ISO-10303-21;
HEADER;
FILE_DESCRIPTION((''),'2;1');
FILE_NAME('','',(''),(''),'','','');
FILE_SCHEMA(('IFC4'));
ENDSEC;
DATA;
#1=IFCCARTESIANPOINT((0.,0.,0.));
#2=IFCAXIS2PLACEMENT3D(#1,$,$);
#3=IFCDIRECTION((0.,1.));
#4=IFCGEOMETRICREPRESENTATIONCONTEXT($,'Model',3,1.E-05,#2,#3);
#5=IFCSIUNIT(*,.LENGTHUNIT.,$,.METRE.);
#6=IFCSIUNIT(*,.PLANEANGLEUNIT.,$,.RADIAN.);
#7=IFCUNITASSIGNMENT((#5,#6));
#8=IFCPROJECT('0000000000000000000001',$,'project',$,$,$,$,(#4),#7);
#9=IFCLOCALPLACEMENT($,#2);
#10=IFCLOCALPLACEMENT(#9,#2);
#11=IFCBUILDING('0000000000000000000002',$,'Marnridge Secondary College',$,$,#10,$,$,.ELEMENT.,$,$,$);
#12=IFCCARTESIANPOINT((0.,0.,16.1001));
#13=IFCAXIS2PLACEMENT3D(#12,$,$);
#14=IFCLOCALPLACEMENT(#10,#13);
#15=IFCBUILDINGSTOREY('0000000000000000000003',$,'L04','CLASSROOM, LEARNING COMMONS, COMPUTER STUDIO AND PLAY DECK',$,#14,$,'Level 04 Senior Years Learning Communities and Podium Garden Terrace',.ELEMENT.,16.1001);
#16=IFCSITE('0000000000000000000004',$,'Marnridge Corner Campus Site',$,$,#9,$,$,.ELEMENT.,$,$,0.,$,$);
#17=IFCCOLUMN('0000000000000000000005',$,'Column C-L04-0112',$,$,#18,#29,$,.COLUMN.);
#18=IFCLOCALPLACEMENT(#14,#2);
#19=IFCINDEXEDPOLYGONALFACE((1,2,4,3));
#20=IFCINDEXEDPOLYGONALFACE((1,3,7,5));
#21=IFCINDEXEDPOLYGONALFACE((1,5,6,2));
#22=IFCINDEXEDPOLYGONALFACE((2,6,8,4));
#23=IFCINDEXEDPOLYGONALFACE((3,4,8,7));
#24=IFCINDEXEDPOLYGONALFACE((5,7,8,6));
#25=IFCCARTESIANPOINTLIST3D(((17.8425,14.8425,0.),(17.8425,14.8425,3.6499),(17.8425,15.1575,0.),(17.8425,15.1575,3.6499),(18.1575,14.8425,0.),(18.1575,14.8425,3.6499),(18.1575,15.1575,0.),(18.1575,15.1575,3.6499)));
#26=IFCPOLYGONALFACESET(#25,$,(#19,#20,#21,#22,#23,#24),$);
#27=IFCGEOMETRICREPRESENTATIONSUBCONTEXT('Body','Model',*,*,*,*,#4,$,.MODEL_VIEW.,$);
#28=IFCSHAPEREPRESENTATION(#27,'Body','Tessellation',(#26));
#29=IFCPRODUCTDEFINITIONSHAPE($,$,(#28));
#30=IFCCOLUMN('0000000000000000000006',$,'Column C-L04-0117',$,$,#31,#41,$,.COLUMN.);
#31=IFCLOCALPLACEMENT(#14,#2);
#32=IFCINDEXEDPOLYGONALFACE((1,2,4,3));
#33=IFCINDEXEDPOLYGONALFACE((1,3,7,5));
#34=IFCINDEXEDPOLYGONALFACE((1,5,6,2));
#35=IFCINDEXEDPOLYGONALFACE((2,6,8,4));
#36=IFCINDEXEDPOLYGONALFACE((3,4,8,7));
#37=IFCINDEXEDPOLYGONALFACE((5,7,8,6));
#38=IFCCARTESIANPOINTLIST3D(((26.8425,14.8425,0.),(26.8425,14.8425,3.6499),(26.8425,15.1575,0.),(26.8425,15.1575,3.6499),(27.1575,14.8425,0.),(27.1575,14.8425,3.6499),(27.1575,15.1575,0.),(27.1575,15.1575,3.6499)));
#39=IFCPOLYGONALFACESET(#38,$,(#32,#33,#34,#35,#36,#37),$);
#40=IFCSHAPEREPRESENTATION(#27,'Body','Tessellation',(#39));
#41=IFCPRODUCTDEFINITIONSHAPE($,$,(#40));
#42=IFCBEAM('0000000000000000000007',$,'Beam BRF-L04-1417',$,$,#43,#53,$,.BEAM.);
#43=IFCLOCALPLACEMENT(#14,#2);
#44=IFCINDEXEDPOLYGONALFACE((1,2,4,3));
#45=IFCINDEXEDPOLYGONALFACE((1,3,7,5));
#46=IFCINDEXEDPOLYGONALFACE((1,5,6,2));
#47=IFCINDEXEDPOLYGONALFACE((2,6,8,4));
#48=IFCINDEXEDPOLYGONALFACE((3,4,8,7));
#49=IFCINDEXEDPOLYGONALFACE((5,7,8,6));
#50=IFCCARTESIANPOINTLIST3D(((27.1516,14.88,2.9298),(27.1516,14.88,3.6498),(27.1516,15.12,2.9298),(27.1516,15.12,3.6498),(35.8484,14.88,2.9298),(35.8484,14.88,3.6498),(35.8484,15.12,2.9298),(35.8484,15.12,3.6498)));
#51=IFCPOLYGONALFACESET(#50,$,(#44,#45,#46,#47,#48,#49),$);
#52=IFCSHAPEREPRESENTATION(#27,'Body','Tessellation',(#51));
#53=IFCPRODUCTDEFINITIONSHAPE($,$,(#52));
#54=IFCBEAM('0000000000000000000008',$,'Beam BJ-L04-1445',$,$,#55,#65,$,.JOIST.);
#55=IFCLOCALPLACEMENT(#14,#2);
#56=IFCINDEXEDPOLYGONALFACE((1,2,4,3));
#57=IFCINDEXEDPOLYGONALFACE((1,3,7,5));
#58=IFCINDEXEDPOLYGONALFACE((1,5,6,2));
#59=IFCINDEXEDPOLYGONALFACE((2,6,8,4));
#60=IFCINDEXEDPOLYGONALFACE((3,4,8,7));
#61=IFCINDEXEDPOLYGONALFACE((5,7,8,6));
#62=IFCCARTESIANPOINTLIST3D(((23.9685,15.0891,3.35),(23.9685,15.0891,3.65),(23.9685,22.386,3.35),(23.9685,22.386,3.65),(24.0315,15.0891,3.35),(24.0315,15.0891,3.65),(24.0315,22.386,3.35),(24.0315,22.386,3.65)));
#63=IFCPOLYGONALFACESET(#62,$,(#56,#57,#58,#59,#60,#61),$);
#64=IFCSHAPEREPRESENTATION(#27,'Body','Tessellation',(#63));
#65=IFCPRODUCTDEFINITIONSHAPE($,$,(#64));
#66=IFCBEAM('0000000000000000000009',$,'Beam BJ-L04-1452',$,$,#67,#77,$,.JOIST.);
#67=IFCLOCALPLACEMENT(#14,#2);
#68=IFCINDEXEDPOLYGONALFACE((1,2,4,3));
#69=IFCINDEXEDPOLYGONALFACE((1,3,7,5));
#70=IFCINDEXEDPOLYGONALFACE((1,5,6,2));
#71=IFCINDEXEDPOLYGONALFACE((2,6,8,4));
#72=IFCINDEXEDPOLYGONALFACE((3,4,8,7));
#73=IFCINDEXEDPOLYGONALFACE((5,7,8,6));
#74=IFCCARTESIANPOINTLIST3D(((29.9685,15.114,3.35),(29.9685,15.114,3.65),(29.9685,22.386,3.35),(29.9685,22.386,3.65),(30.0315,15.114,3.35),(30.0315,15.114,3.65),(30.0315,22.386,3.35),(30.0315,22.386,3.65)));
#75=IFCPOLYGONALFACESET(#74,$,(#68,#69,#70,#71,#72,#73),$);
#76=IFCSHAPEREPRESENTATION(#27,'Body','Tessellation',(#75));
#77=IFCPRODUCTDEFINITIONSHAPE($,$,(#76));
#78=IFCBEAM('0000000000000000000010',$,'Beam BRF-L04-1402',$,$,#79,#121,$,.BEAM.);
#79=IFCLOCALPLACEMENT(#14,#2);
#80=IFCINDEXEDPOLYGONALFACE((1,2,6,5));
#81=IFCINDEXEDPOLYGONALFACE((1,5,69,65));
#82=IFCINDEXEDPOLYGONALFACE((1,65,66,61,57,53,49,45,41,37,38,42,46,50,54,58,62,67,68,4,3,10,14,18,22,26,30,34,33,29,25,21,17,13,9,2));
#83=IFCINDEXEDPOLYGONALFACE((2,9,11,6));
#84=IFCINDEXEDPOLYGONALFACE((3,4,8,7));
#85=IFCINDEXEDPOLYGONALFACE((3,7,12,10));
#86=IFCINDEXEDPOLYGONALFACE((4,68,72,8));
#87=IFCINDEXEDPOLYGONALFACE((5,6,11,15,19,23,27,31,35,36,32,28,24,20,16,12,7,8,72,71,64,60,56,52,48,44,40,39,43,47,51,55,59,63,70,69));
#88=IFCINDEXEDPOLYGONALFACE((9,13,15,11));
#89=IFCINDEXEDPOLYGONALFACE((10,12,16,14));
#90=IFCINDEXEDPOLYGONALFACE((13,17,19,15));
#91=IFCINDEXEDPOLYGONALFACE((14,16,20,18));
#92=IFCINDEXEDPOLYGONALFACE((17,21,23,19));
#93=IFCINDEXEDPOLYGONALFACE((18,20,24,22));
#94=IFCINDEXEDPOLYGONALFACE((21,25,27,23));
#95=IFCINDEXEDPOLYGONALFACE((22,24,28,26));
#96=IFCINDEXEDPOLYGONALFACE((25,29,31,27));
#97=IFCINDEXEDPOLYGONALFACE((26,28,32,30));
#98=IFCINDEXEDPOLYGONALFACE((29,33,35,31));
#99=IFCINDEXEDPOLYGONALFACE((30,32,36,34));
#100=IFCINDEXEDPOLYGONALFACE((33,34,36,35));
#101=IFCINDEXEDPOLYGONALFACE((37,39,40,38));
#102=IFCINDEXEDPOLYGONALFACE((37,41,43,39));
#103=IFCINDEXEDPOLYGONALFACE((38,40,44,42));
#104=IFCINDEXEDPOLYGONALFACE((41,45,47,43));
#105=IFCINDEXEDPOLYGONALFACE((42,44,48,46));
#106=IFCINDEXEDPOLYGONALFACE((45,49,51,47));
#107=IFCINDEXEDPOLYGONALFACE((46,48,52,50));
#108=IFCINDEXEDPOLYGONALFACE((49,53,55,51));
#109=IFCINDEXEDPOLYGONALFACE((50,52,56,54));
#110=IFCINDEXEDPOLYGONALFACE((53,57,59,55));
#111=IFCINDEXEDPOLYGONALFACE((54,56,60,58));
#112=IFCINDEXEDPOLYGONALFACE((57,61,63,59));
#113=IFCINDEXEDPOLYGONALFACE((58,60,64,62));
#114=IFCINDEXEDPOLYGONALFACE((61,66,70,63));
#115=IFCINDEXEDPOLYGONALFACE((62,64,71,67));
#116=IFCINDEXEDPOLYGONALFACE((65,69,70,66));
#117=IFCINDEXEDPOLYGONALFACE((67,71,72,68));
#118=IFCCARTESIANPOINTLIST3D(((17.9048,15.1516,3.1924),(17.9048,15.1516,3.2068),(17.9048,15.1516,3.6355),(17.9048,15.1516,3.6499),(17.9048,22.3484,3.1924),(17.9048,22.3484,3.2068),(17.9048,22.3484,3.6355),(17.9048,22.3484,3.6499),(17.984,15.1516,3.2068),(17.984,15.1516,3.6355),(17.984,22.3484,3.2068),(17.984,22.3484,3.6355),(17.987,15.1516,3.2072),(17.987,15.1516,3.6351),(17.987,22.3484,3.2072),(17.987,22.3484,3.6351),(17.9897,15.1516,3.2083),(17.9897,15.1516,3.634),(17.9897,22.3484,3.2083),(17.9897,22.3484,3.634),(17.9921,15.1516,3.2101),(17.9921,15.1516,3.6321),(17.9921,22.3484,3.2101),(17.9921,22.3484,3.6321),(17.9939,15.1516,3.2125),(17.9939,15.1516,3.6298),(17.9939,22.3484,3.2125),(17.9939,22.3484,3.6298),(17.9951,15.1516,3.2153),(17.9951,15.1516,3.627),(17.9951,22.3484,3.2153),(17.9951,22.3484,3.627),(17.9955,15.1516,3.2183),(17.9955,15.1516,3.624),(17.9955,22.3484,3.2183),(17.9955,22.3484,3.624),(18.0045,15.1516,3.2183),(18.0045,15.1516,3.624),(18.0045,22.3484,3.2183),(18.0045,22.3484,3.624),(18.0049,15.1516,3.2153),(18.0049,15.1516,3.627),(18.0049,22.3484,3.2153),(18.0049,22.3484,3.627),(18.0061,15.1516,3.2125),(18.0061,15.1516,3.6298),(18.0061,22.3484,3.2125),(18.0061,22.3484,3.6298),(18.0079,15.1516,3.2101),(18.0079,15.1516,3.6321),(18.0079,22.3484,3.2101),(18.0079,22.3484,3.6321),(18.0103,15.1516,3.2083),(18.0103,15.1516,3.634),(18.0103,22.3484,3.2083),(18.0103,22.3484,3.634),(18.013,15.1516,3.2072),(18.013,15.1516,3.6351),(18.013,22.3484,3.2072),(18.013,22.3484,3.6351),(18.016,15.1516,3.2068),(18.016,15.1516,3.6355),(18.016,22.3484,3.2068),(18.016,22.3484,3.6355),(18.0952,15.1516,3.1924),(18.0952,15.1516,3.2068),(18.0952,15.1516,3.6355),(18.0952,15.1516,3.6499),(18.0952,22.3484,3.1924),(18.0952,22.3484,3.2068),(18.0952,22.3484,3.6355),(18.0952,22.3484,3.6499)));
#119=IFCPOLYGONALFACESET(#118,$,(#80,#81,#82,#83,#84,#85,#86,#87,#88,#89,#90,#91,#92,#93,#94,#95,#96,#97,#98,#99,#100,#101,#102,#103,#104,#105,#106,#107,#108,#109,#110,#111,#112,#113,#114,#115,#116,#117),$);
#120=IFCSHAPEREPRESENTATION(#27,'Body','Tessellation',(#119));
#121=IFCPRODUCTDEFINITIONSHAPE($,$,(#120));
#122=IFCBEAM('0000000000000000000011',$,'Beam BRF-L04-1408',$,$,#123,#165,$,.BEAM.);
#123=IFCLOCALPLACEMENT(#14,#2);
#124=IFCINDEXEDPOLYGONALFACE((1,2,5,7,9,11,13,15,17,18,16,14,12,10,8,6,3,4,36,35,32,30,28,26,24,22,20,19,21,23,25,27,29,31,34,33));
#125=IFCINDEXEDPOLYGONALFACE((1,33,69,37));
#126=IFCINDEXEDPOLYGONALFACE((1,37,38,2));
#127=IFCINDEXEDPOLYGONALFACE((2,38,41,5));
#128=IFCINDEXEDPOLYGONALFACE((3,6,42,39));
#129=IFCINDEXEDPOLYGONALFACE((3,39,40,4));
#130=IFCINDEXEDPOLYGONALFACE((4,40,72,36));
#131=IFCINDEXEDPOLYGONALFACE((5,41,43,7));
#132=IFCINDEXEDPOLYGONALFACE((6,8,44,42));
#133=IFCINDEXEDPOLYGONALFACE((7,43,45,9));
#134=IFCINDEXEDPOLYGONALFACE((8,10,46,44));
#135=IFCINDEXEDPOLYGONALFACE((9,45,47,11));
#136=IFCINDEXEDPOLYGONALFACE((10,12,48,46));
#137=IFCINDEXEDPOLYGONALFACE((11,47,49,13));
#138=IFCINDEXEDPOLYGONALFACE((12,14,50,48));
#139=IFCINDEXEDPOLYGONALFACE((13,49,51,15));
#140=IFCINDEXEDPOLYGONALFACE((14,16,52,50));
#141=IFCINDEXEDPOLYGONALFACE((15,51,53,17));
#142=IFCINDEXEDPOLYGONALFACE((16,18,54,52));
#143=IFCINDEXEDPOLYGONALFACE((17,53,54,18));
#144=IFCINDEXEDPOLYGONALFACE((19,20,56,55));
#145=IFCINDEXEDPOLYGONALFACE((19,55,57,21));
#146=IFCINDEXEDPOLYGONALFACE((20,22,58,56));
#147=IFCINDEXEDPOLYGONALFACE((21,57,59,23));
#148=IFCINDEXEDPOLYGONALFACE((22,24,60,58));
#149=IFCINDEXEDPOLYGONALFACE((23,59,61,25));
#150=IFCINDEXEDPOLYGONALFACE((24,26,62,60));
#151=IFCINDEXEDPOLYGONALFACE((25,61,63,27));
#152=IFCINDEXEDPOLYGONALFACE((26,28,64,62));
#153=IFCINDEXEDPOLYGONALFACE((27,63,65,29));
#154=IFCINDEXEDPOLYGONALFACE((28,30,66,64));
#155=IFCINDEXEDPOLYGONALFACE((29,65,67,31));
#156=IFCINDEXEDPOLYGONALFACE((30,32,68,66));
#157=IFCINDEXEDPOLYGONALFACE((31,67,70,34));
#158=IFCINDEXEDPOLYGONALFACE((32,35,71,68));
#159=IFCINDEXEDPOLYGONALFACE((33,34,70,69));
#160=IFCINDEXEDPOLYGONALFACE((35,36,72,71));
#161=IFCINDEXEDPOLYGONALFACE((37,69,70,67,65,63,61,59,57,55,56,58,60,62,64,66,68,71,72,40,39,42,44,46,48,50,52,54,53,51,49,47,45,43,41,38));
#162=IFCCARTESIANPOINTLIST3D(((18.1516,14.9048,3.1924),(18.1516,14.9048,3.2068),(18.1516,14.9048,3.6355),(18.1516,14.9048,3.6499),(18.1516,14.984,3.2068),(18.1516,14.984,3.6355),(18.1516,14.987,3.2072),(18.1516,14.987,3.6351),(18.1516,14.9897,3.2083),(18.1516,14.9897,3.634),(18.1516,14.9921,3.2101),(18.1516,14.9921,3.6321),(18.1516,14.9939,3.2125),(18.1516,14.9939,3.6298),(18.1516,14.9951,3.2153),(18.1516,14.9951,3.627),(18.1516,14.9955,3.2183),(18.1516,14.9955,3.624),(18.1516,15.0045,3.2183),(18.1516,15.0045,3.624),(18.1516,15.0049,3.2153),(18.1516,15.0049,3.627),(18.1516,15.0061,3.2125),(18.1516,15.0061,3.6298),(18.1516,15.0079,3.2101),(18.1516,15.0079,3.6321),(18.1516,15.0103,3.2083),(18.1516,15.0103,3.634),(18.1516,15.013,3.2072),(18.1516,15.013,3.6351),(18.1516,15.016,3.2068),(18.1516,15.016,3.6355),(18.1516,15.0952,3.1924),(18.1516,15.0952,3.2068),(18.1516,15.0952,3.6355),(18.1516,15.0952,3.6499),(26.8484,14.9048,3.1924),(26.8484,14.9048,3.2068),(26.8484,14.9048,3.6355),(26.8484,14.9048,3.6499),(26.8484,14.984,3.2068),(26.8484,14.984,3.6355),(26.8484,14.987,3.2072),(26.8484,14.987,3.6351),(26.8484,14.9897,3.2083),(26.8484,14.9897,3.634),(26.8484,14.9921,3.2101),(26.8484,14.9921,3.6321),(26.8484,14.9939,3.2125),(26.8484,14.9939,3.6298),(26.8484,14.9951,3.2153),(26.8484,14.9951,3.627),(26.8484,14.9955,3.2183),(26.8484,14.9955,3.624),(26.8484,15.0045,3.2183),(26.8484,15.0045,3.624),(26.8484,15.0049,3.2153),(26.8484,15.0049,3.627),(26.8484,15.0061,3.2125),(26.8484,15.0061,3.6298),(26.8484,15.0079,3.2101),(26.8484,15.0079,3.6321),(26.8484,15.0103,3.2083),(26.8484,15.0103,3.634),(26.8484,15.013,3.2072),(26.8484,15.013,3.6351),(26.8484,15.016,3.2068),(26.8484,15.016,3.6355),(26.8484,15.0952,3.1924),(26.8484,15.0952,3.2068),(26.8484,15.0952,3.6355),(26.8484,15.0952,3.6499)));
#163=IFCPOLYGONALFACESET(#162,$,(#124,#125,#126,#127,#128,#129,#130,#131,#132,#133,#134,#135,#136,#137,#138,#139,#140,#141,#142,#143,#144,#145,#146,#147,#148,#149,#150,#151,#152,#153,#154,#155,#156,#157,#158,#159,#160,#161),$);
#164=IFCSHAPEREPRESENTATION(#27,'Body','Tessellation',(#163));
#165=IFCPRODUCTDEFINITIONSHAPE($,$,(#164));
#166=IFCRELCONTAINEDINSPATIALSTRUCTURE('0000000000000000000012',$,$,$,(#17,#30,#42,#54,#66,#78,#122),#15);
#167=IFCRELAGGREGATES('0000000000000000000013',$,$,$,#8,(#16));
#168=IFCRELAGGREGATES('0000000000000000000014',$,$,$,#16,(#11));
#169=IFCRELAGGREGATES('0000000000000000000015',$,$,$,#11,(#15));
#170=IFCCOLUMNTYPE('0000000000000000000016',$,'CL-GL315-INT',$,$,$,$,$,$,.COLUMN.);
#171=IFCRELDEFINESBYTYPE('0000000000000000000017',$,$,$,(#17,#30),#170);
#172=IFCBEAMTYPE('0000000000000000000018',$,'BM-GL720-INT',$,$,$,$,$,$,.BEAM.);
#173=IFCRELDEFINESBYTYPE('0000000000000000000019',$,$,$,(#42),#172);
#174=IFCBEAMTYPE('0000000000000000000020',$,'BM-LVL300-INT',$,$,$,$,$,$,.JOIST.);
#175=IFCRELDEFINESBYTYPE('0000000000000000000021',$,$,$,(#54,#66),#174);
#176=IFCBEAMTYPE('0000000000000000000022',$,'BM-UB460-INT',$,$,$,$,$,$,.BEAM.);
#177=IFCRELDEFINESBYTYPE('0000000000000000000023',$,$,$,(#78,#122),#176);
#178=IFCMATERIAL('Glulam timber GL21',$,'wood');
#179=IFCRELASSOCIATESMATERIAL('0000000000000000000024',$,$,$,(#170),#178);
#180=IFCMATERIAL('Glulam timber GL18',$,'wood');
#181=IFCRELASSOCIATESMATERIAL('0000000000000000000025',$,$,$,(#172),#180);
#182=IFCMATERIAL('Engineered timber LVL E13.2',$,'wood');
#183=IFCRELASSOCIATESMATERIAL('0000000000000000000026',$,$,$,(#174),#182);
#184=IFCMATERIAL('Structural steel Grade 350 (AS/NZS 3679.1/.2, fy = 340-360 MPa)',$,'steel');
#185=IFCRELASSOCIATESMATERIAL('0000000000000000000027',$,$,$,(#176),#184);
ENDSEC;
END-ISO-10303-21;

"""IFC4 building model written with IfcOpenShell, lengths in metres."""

from ifc_helpers import new_model, si_unit, direction, frame, origin, origin_2d, place, context, subcontext, project, spatial, rectangle, i_section, extrude, material, material_profile, profile_set, type_object, element, save


model = new_model("IFC4")

# Units and contexts
model_context = context("Model", 3, precision=1e-05, world=origin(), true_north=direction((0.0, 1.0)))
body_context = subcontext(model_context, "Body", "Model", "MODEL_VIEW")
ifc_project = project(units=[si_unit("LENGTHUNIT", "METRE"), si_unit("PLANEANGLEUNIT", "RADIAN")], contexts=[model_context])

# Site, building, storey
site_placement = place(None, origin())
site = spatial("IfcSite", under=ifc_project, at=site_placement, Name="Marnridge Corner Campus Site", CompositionType="ELEMENT", RefElevation=0.0)
building_placement = place(site_placement, origin())
building = spatial("IfcBuilding", under=site, at=building_placement, Name="Marnridge Secondary College", CompositionType="ELEMENT")
storey_placement = place(building_placement, frame((0.0, 0.0, 16.1001)))
storey = spatial("IfcBuildingStorey", under=building, at=storey_placement, Name="L04", Description="CLASSROOM, LEARNING COMMONS, COMPUTER STUDIO AND PLAY DECK", LongName="Level 04 Senior Years Learning Communities and Podium Garden Terrace", CompositionType="ELEMENT", Elevation=16.1001)

# Columns
ifc_material_1 = material(Name="Glulam timber GL21", Category="wood")
ifc_material_profile_1 = material_profile(ifc_material_1, rectangle(XDim=0.3149, YDim=0.3149, at=origin_2d()), Name="GL21 315x315")
ifc_profile_set_1 = profile_set([ifc_material_profile_1], Name="Glulam timber GL21")
column_type = type_object("IfcColumnType", Name="CL-GL315-INT", PredefinedType="COLUMN", material=ifc_profile_set_1)
for number, where, z_axis, x_axis, name in (
    (1, (18.0, 15.0, 0.0), (0.0, 0.0, 1.0), (1.0, 0.0, 0.0), "Column C-L04-0112"),
    (2, (27.0, 15.0, 0.0), (0.0, 0.0, 1.0), (1.0, 0.0, 0.0), "Column C-L04-0117"),
):
    element("IfcColumn", number, at=place(storey_placement, frame(where, z_axis=z_axis, x_axis=x_axis)), inside=storey, type_object=column_type, Name=name, PredefinedType="COLUMN", context=body_context, shape_type="SweptSolid", body=[
        extrude(rectangle(XDim=0.3149, YDim=0.3149, at=origin_2d()), origin(), (0.0, 0.0, 1.0), 3.6499),
    ])

# Beams
ifc_material_2 = material(Name="Glulam timber GL18", Category="wood")
ifc_material_profile_2 = material_profile(ifc_material_2, rectangle(XDim=0.24, YDim=0.72, at=origin_2d()), Name="GL18 240x720")
ifc_profile_set_2 = profile_set([ifc_material_profile_2], Name="Glulam timber GL18")
beam_type_1 = type_object("IfcBeamType", Name="BM-GL720-INT", PredefinedType="BEAM", material=ifc_profile_set_2)
beam_1_placement = place(storey_placement, frame((27.1516, 15.0, 3.2898), z_axis=(1.0, 0.0, 0.0), x_axis=(0.0, 1.0, 0.0)))
element("IfcBeam", 3, at=beam_1_placement, inside=storey, type_object=beam_type_1, Name="Beam BRF-L04-1417", PredefinedType="BEAM", context=body_context, shape_type="SweptSolid", body=[
    extrude(rectangle(XDim=0.24, YDim=0.72, at=origin_2d()), origin(), (0.0, 0.0, 1.0), 8.6968),
])
ifc_material_3 = material(Name="Engineered timber LVL E13.2", Category="wood")
ifc_material_profile_3 = material_profile(ifc_material_3, rectangle(XDim=0.063, YDim=0.3, at=origin_2d()), Name="LVL 63x300")
ifc_profile_set_3 = profile_set([ifc_material_profile_3], Name="Engineered timber LVL E13.2")
beam_type_2 = type_object("IfcBeamType", Name="BM-LVL300-INT", PredefinedType="JOIST", material=ifc_profile_set_3)
beam_2_placement = place(storey_placement, frame((24.0, 15.0891, 3.5), z_axis=(0.0, 1.0, 0.0), x_axis=(-1.0, 0.0, 0.0)))
element("IfcBeam", 4, at=beam_2_placement, inside=storey, type_object=beam_type_2, Name="Beam BJ-L04-1445", PredefinedType="JOIST", context=body_context, shape_type="SweptSolid", body=[
    extrude(rectangle(XDim=0.063, YDim=0.3, at=origin_2d()), origin(), (0.0, 0.0, 1.0), 7.2969),
])
beam_3_placement = place(storey_placement, frame((30.0, 15.114, 3.5), z_axis=(0.0, 1.0, 0.0), x_axis=(-1.0, 0.0, 0.0)))
element("IfcBeam", 5, at=beam_3_placement, inside=storey, type_object=beam_type_2, Name="Beam BJ-L04-1452", PredefinedType="JOIST", context=body_context, shape_type="SweptSolid", body=[
    extrude(rectangle(XDim=0.063, YDim=0.3, at=origin_2d()), origin(), (0.0, 0.0, 1.0), 7.272),
])
ifc_material_4 = material(Name="Structural steel Grade 350 (AS/NZS 3679.1/.2, fy = 340-360 MPa)", Category="steel")
ifc_material_profile_4 = material_profile(ifc_material_4, i_section(OverallWidth=0.1904, OverallDepth=0.4575, WebThickness=0.009, FlangeThickness=0.0144, FilletRadius=0.0115, at=origin_2d()), Name="460UB74.6")
ifc_profile_set_4 = profile_set([ifc_material_profile_4], Name="Structural steel Grade 350 (AS/NZS 3679.1/.2, fy = 340-360 MPa)")
beam_type_3 = type_object("IfcBeamType", Name="BM-UB460-INT", PredefinedType="BEAM", material=ifc_profile_set_4)
beam_4_placement = place(storey_placement, frame((18.0, 15.1516, 3.4211), z_axis=(0.0, 1.0, 0.0), x_axis=(-1.0, 0.0, 0.0)))
element("IfcBeam", 6, at=beam_4_placement, inside=storey, type_object=beam_type_3, Name="Beam BRF-L04-1402", PredefinedType="BEAM", context=body_context, shape_type="SweptSolid", body=[
    extrude(i_section(OverallWidth=0.1904, OverallDepth=0.4575, WebThickness=0.009, FlangeThickness=0.0144, FilletRadius=0.0115, at=origin_2d()), origin(), (0.0, 0.0, 1.0), 7.1968),
])
beam_5_placement = place(storey_placement, frame((18.1516, 15.0, 3.4211), z_axis=(1.0, 0.0, 0.0), x_axis=(0.0, 1.0, 0.0)))
element("IfcBeam", 7, at=beam_5_placement, inside=storey, type_object=beam_type_3, Name="Beam BRF-L04-1408", PredefinedType="BEAM", context=body_context, shape_type="SweptSolid", body=[
    extrude(i_section(OverallWidth=0.1904, OverallDepth=0.4575, WebThickness=0.009, FlangeThickness=0.0144, FilletRadius=0.0115, at=origin_2d()), origin(), (0.0, 0.0, 1.0), 8.6968),
])

save(model, "model.ifc")
